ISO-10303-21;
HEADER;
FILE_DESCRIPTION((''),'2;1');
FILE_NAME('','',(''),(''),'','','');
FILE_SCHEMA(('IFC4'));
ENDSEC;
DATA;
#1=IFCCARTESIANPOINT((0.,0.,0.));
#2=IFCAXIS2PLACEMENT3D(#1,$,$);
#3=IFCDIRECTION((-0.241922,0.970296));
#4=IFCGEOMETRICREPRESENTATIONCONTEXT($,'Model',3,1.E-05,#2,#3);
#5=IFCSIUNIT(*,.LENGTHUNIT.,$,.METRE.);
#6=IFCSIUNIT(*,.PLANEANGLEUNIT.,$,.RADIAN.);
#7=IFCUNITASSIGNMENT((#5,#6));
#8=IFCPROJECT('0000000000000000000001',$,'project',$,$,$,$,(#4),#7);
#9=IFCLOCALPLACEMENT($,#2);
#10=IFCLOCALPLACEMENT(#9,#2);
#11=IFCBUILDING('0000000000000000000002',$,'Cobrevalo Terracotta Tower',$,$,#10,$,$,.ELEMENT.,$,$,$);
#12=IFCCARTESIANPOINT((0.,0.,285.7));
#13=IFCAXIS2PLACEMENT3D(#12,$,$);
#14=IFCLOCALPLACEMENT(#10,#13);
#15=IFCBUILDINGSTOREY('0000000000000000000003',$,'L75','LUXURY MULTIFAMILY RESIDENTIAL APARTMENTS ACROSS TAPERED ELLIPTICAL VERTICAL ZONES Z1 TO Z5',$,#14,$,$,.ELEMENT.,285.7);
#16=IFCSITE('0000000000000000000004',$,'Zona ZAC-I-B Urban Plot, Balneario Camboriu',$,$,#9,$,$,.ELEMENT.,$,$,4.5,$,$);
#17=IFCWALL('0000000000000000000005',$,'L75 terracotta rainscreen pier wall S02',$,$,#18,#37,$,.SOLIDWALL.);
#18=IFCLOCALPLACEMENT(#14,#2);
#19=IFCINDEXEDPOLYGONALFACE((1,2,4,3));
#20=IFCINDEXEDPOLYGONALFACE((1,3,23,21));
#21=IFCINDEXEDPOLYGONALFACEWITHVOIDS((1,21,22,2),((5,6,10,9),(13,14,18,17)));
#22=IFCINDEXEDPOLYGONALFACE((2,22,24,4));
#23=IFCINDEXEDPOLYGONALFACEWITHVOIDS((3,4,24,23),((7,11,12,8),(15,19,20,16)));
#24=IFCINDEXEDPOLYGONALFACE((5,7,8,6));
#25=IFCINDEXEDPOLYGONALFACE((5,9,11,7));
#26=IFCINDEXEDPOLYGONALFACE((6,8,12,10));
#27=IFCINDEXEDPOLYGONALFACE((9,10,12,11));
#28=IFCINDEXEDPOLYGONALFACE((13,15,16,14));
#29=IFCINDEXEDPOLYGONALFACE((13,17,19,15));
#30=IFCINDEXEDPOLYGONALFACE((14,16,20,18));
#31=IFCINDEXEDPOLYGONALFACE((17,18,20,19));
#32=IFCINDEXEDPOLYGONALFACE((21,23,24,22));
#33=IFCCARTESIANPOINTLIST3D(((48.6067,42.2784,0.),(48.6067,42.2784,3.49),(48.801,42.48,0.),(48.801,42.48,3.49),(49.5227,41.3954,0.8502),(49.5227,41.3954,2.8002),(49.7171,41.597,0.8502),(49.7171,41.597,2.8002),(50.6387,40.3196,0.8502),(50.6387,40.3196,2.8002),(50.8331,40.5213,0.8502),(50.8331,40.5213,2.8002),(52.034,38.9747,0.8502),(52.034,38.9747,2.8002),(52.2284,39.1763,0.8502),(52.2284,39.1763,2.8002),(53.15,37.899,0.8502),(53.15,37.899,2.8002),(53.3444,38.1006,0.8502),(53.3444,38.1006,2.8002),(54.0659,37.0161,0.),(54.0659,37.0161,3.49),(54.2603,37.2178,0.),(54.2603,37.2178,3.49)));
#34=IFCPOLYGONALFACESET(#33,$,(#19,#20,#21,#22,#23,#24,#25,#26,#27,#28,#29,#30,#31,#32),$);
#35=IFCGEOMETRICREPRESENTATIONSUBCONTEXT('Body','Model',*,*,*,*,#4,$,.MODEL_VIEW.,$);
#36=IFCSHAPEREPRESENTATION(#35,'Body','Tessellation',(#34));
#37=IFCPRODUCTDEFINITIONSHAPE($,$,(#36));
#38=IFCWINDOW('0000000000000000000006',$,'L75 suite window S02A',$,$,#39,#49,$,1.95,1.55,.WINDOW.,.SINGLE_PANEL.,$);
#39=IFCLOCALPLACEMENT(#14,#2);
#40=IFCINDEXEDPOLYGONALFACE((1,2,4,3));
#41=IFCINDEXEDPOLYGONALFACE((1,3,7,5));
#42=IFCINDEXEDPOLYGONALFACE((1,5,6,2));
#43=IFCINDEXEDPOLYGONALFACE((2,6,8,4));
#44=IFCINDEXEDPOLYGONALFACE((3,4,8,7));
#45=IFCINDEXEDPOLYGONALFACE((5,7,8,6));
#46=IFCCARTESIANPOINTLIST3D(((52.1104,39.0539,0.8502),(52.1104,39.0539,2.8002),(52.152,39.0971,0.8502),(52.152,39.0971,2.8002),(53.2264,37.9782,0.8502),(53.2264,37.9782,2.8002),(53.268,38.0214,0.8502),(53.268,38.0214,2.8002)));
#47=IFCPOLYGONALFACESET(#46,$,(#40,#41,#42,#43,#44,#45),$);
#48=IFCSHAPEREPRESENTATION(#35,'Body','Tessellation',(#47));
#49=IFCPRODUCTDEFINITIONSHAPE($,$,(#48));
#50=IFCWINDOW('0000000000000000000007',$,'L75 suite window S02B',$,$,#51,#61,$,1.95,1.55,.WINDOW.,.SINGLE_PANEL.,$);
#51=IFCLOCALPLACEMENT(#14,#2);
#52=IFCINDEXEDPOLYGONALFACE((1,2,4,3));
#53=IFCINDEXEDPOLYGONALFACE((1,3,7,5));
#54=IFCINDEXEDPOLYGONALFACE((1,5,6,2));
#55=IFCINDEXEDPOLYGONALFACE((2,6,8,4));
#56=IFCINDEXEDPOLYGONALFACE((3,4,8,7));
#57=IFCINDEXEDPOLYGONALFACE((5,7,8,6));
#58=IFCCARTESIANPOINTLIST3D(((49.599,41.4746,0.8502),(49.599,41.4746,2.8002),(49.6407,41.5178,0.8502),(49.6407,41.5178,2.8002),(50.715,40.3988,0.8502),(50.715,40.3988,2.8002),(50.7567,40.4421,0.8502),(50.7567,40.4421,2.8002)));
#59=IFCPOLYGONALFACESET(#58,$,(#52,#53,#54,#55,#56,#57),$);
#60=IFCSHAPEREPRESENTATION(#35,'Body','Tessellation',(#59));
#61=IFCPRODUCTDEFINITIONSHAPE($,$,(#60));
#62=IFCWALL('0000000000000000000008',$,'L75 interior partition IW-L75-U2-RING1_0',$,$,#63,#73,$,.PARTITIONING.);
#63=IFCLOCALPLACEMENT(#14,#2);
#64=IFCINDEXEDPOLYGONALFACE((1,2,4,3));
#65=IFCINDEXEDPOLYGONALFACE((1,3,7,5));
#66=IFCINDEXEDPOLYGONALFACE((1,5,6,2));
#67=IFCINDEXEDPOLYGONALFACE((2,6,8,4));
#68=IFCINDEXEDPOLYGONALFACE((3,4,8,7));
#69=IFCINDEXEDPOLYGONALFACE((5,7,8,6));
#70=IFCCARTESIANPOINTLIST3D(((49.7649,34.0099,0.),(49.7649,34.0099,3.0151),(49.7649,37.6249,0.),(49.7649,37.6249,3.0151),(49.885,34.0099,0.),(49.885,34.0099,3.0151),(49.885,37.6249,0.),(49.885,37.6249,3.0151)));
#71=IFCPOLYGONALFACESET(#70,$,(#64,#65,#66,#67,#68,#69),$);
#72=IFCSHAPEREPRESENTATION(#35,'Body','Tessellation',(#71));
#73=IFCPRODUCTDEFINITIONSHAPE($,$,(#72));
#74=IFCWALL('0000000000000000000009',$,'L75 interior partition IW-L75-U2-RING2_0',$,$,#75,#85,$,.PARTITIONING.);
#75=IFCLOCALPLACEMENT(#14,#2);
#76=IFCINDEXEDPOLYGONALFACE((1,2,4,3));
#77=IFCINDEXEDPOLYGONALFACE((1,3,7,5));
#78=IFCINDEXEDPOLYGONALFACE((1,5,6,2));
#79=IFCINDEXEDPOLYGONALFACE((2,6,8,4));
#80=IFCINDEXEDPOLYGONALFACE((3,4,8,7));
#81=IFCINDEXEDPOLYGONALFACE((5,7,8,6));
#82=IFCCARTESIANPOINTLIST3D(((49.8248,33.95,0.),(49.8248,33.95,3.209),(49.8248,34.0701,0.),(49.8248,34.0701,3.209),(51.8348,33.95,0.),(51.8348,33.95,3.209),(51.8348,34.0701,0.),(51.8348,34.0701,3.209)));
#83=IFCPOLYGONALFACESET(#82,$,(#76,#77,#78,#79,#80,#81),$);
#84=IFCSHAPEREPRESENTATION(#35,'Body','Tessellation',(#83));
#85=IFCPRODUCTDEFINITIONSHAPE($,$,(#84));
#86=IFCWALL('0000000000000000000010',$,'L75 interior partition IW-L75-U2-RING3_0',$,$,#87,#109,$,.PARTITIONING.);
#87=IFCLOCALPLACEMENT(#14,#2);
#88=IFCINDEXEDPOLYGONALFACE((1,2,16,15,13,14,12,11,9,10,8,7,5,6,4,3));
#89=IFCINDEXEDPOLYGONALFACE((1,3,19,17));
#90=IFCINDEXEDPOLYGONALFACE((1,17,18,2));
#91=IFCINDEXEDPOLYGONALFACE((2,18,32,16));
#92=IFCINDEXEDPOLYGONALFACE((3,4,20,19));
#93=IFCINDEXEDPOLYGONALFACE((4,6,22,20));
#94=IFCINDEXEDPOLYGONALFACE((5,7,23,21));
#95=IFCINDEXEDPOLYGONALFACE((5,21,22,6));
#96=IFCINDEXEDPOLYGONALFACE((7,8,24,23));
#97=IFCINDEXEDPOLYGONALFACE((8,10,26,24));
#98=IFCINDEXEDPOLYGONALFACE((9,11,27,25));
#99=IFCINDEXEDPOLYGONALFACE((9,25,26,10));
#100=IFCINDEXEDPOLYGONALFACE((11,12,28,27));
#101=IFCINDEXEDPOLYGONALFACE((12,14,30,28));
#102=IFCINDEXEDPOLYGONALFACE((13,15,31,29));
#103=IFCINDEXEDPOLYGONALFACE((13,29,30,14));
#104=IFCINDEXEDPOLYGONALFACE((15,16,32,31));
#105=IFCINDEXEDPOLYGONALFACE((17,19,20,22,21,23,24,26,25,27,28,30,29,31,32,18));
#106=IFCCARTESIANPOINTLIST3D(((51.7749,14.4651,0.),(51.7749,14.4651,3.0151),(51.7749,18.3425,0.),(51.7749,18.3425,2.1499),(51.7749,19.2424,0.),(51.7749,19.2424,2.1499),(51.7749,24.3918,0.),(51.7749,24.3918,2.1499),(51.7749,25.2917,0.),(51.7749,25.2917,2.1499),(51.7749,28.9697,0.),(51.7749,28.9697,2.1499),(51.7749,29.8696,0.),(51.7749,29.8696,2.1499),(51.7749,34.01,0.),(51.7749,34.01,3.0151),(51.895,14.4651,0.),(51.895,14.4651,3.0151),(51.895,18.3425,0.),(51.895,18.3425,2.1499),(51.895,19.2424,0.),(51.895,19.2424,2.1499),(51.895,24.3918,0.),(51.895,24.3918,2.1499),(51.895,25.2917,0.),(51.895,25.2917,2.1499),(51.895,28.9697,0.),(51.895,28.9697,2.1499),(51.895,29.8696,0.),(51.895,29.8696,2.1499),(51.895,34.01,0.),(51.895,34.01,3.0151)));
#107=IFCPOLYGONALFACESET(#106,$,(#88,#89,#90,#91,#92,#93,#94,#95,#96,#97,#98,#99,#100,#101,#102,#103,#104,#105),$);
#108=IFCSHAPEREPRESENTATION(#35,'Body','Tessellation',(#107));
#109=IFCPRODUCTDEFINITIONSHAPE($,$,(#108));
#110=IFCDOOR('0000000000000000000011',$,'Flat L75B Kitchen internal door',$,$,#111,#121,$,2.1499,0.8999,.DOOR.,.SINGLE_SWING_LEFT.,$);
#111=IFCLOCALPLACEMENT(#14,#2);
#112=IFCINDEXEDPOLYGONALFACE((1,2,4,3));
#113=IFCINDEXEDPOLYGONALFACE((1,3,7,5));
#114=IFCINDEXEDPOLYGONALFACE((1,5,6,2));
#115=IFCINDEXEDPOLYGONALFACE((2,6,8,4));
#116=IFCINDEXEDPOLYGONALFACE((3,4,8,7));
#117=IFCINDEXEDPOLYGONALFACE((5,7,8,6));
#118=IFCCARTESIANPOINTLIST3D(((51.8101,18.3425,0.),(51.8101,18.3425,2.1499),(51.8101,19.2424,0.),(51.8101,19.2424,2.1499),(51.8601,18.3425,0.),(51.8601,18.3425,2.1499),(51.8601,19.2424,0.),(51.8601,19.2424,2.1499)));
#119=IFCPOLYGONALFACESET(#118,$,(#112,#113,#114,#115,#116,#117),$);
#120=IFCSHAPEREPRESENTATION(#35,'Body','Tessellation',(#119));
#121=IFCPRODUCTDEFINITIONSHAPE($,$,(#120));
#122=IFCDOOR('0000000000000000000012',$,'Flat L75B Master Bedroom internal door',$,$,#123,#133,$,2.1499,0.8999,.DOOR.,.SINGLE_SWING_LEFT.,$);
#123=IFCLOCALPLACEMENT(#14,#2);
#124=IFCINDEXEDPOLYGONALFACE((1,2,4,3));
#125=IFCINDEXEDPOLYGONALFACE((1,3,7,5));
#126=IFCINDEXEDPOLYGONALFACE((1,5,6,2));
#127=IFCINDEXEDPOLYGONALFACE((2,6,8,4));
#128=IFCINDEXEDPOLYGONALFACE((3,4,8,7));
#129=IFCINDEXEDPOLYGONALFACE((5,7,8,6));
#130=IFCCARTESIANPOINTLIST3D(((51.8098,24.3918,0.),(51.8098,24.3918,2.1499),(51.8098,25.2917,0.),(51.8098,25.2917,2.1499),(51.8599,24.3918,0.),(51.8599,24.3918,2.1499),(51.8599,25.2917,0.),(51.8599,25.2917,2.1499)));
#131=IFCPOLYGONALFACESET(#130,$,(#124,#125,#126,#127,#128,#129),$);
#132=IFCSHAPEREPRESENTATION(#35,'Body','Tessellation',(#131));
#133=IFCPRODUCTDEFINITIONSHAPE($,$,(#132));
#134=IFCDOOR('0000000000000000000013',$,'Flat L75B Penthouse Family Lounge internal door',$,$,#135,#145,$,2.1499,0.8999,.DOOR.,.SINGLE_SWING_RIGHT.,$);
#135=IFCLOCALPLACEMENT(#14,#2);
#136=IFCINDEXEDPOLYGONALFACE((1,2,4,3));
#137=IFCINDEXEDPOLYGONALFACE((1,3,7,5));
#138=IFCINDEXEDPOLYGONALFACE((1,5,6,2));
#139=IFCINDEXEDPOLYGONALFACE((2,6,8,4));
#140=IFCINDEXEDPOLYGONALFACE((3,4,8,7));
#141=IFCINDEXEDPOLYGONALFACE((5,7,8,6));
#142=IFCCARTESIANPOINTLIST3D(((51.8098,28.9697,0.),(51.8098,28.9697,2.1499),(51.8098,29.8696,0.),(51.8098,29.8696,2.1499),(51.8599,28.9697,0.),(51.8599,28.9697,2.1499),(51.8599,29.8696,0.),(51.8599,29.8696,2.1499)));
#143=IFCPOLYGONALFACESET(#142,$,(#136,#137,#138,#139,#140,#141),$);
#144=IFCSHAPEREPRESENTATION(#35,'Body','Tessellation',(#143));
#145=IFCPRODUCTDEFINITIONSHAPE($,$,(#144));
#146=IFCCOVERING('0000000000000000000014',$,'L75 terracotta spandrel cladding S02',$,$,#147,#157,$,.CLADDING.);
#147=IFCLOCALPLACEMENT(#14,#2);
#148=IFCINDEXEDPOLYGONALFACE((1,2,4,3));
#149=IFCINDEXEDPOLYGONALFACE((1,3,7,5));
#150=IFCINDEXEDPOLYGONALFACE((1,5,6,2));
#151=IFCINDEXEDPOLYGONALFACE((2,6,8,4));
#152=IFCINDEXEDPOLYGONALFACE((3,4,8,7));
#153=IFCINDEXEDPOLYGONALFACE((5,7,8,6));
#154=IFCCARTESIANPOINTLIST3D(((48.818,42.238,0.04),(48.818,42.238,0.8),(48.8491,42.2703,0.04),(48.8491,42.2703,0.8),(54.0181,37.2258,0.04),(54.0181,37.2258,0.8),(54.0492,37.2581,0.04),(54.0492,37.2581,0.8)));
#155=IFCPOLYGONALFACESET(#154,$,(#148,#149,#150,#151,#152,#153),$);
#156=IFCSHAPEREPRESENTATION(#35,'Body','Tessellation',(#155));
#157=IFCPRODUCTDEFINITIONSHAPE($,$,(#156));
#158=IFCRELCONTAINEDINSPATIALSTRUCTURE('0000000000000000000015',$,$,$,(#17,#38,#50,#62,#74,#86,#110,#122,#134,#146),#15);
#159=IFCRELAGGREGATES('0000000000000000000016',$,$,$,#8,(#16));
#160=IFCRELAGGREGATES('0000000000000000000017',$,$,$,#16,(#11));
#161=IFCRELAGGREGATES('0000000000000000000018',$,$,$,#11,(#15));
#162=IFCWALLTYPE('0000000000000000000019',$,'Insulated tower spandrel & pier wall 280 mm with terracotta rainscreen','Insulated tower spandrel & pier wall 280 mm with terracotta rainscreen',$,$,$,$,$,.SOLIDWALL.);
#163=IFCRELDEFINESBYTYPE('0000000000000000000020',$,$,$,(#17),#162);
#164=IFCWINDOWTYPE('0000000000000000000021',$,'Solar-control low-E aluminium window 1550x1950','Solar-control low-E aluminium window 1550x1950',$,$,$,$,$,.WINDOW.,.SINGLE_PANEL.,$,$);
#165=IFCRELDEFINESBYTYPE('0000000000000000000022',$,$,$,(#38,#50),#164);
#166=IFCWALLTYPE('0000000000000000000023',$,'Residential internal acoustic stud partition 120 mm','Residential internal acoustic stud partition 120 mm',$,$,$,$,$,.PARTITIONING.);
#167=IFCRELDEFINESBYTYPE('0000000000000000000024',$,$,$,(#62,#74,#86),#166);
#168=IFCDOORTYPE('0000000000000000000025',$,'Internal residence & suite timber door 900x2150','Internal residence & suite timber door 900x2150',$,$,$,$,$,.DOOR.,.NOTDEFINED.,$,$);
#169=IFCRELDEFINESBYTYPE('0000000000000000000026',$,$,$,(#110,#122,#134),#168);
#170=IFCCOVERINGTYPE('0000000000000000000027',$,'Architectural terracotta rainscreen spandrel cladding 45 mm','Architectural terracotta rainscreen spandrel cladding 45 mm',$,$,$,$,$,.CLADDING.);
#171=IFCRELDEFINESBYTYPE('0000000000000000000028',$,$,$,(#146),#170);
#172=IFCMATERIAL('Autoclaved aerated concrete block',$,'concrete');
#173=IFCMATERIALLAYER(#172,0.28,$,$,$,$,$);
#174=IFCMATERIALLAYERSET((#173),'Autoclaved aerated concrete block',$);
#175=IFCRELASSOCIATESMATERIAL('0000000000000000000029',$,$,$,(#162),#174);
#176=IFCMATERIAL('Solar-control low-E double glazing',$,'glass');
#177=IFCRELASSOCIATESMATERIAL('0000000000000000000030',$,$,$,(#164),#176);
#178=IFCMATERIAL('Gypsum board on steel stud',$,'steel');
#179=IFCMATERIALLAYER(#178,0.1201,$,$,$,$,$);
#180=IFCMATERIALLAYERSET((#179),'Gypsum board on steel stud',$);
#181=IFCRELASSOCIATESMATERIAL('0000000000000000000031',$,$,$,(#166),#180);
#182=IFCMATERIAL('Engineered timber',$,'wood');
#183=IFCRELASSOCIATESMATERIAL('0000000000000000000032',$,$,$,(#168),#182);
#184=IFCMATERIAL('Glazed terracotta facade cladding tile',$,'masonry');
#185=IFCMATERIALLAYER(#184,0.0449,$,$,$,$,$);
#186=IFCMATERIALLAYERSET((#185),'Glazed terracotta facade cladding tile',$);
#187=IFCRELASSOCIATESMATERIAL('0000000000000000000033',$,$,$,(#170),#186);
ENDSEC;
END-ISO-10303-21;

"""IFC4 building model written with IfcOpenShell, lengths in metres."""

from ifc_helpers import new_model, si_unit, direction, frame, frame_2d, origin, origin_2d, place, context, subcontext, project, spatial, rectangle, extrude, source, transform, mapped, material, layer, layer_set, type_object, element, fill, save


model = new_model("IFC4")

# Units and contexts
model_context = context("Model", 3, precision=1e-05, world=origin(), true_north=direction((-0.241922, 0.970296)))
body_context = subcontext(model_context, "Body", "Model", "MODEL_VIEW")
ifc_project = project(units=[si_unit("LENGTHUNIT", "METRE"), si_unit("PLANEANGLEUNIT", "RADIAN")], contexts=[model_context])

# Site, building, storey
site_placement = place(None, origin())
site = spatial("IfcSite", under=ifc_project, at=site_placement, Name="Zona ZAC-I-B Urban Plot, Balneario Camboriu", CompositionType="ELEMENT", RefElevation=4.5)
building_placement = place(site_placement, origin())
building = spatial("IfcBuilding", under=site, at=building_placement, Name="Cobrevalo Terracotta Tower", CompositionType="ELEMENT")
storey_placement = place(building_placement, frame((0.0, 0.0, 285.7)))
storey = spatial("IfcBuildingStorey", under=building, at=storey_placement, Name="L75", Description="LUXURY MULTIFAMILY RESIDENTIAL APARTMENTS ACROSS TAPERED ELLIPTICAL VERTICAL ZONES Z1 TO Z5", CompositionType="ELEMENT", Elevation=285.7)

# Shared definitions
ifc_material_1 = material(Name="Solar-control low-E double glazing", Category="glass")

# Wall, openings, windows
ifc_material_2 = material(Name="Autoclaved aerated concrete block", Category="concrete")
ifc_layer_1 = layer(ifc_material_2, 0.28)
ifc_layer_set_1 = layer_set([ifc_layer_1], Name="Autoclaved aerated concrete block")
wall_type_1 = type_object("IfcWallType", Name="Insulated tower spandrel & pier wall 280 mm with terracotta rainscreen", Description="Insulated tower spandrel & pier wall 280 mm with terracotta rainscreen", PredefinedType="SOLIDWALL", material=ifc_layer_set_1)
wall_1_placement = place(storey_placement, frame((54.1631, 37.1169, 0.0), z_axis=(0.0, 0.0, 1.0), x_axis=(-0.719979, 0.693996, 0.0)))
wall_1 = element("IfcWall", 1, at=wall_1_placement, inside=storey, type_object=wall_type_1, Name="L75 terracotta rainscreen pier wall S02", PredefinedType="SOLIDWALL", context=body_context, shape_type="SweptSolid", body=[
    extrude(rectangle(XDim=7.5825, YDim=0.28, at=frame_2d((3.7913, 0.0))), origin(), (0.0, 0.0, 1.0), 3.49),
])
opening_1_placement = place(wall_1_placement, frame((1.2722, 0.0, 0.8501)))
opening_1 = element("IfcOpeningElement", 2, at=opening_1_placement, cuts=wall_1, PredefinedType="OPENING", context=body_context, shape_type="SweptSolid", body=[
    extrude(rectangle(XDim=1.55, YDim=1.95, at=frame_2d((0.7749, 0.9751))), frame((0.0, 0.1499, 0.0), z_axis=(0.0, -1.0, 0.0), x_axis=(1.0, 0.0, 0.0)), (0.0, 0.0, 1.0), 0.3),
])
opening_2_placement = place(wall_1_placement, frame((4.7603, 0.0, 0.8501)))
opening_2 = element("IfcOpeningElement", 3, at=opening_2_placement, cuts=wall_1, PredefinedType="OPENING", context=body_context, shape_type="SweptSolid", body=[
    extrude(rectangle(XDim=1.55, YDim=1.95, at=frame_2d((0.7749, 0.9751))), frame((0.0, 0.1499, 0.0), z_axis=(0.0, -1.0, 0.0), x_axis=(1.0, 0.0, 0.0)), (0.0, 0.0, 1.0), 0.3),
])
window_type = type_object("IfcWindowType", Name="Solar-control low-E aluminium window 1550x1950", Description="Solar-control low-E aluminium window 1550x1950", PartitioningType="SINGLE_PANEL", PredefinedType="WINDOW", material=ifc_material_1)
shared_shape_1 = source(origin(), body_context, "Body", "SweptSolid", [
    extrude(rectangle(XDim=1.55, YDim=1.95, at=frame_2d((0.7749, 0.9751))), frame((0.0, 0.03, 0.0), z_axis=(0.0, -1.0, 0.0), x_axis=(1.0, 0.0, 0.0)), (0.0, 0.0, 1.0), 0.0601),
])
window_1_placement = place(opening_1_placement, origin())
window_1 = element("IfcWindow", 4, at=window_1_placement, inside=storey, type_object=window_type, Name="L75 suite window S02A", OverallHeight=1.95, OverallWidth=1.55, PartitioningType="SINGLE_PANEL", PredefinedType="WINDOW", context=body_context, shape_type="MappedRepresentation", body=[
    mapped(shared_shape_1, transform((0.0, 0.0, 0.0), scale=1.0)),
])
fill(opening_1, window_1)
window_2_placement = place(opening_2_placement, origin())
window_2 = element("IfcWindow", 5, at=window_2_placement, inside=storey, type_object=window_type, Name="L75 suite window S02B", OverallHeight=1.95, OverallWidth=1.55, PartitioningType="SINGLE_PANEL", PredefinedType="WINDOW", context=body_context, shape_type="MappedRepresentation", body=[
    mapped(shared_shape_1, transform((0.0, 0.0, 0.0), scale=1.0)),
])
fill(opening_2, window_2)

# Walls
ifc_material_3 = material(Name="Gypsum board on steel stud", Category="steel")
ifc_layer_2 = layer(ifc_material_3, 0.1201)
ifc_layer_set_2 = layer_set([ifc_layer_2], Name="Gypsum board on steel stud")
wall_type_2 = type_object("IfcWallType", Name="Residential internal acoustic stud partition 120 mm", Description="Residential internal acoustic stud partition 120 mm", PredefinedType="PARTITIONING", material=ifc_layer_set_2)
wall_2_placement = place(storey_placement, frame((49.825, 37.625, 0.0), z_axis=(0.0, 0.0, 1.0), x_axis=(0.0, -1.0, 0.0)))
element("IfcWall", 6, at=wall_2_placement, inside=storey, type_object=wall_type_2, Name="L75 interior partition IW-L75-U2-RING1_0", PredefinedType="PARTITIONING", context=body_context, shape_type="SweptSolid", body=[
    extrude(rectangle(XDim=3.615, YDim=0.1201, at=frame_2d((1.8076, 0.0))), origin(), (0.0, 0.0, 1.0), 3.0151),
])
wall_3_placement = place(storey_placement, frame((49.825, 34.01, 0.0), z_axis=(0.0, 0.0, 1.0), x_axis=(1.0, 0.0, 0.0)))
element("IfcWall", 7, at=wall_3_placement, inside=storey, type_object=wall_type_2, Name="L75 interior partition IW-L75-U2-RING2_0", PredefinedType="PARTITIONING", context=body_context, shape_type="SweptSolid", body=[
    extrude(rectangle(XDim=2.01, YDim=0.1201, at=frame_2d((1.0049, 0.0))), origin(), (0.0, 0.0, 1.0), 3.209),
])

# Wall, openings, doors
wall_4_placement = place(storey_placement, frame((51.835, 34.01, 0.0), z_axis=(0.0, 0.0, 1.0), x_axis=(0.0, -1.0, 0.0)))
wall_4 = element("IfcWall", 8, at=wall_4_placement, inside=storey, type_object=wall_type_2, Name="L75 interior partition IW-L75-U2-RING3_0", PredefinedType="PARTITIONING", context=body_context, shape_type="SweptSolid", body=[
    extrude(rectangle(XDim=19.5449, YDim=0.1201, at=frame_2d((9.7725, 0.0))), origin(), (0.0, 0.0, 1.0), 3.0151),
])
opening_3_placement = place(wall_4_placement, frame((14.7676, 0.0, 0.0)))
opening_3 = element("IfcOpeningElement", 9, at=opening_3_placement, cuts=wall_4, PredefinedType="OPENING", context=body_context, shape_type="SweptSolid", body=[
    extrude(rectangle(XDim=0.8999, YDim=2.1499, at=frame_2d((0.45, 1.075))), frame((0.0, 0.0701, 0.0), z_axis=(0.0, -1.0, 0.0), x_axis=(1.0, 0.0, 0.0)), (0.0, 0.0, 1.0), 0.1401),
])
opening_4_placement = place(wall_4_placement, frame((8.7183, 0.0, 0.0)))
opening_4 = element("IfcOpeningElement", 10, at=opening_4_placement, cuts=wall_4, PredefinedType="OPENING", context=body_context, shape_type="SweptSolid", body=[
    extrude(rectangle(XDim=0.8999, YDim=2.1499, at=frame_2d((0.45, 1.075))), frame((0.0, 0.0701, 0.0), z_axis=(0.0, -1.0, 0.0), x_axis=(1.0, 0.0, 0.0)), (0.0, 0.0, 1.0), 0.1401),
])
opening_5_placement = place(wall_4_placement, frame((4.1404, 0.0, 0.0)))
opening_5 = element("IfcOpeningElement", 11, at=opening_5_placement, cuts=wall_4, PredefinedType="OPENING", context=body_context, shape_type="SweptSolid", body=[
    extrude(rectangle(XDim=0.8999, YDim=2.1499, at=frame_2d((0.45, 1.075))), frame((0.0, 0.0701, 0.0), z_axis=(0.0, -1.0, 0.0), x_axis=(1.0, 0.0, 0.0)), (0.0, 0.0, 1.0), 0.1401),
])
ifc_material_4 = material(Name="Engineered timber", Category="wood")
door_type = type_object("IfcDoorType", Name="Internal residence & suite timber door 900x2150", Description="Internal residence & suite timber door 900x2150", OperationType="NOTDEFINED", PredefinedType="DOOR", material=ifc_material_4)
shared_shape_2 = source(origin(), body_context, "Body", "SweptSolid", [
    extrude(rectangle(XDim=0.8999, YDim=2.1499, at=frame_2d((0.45, 1.075))), frame((0.0, 0.0249, 0.0), z_axis=(0.0, -1.0, 0.0), x_axis=(1.0, 0.0, 0.0)), (0.0, 0.0, 1.0), 0.05),
])
door_1_placement = place(opening_3_placement, frame((0.8999, 0.0, 0.0), z_axis=(0.0, 0.0, 1.0), x_axis=(-1.0, 0.0, 0.0)))
door_1 = element("IfcDoor", 12, at=door_1_placement, inside=storey, type_object=door_type, Name="Flat L75B Kitchen internal door", OperationType="SINGLE_SWING_LEFT", OverallHeight=2.1499, OverallWidth=0.8999, PredefinedType="DOOR", context=body_context, shape_type="MappedRepresentation", body=[
    mapped(shared_shape_2, transform((0.0, 0.0, 0.0), scale=1.0)),
])
fill(opening_3, door_1)
door_2_placement = place(opening_4_placement, origin())
door_2 = element("IfcDoor", 13, at=door_2_placement, inside=storey, type_object=door_type, Name="Flat L75B Master Bedroom internal door", OperationType="SINGLE_SWING_LEFT", OverallHeight=2.1499, OverallWidth=0.8999, PredefinedType="DOOR", context=body_context, shape_type="MappedRepresentation", body=[
    mapped(shared_shape_2, transform((0.0, 0.0, 0.0), scale=1.0)),
])
fill(opening_4, door_2)
door_3_placement = place(opening_5_placement, origin())
door_3 = element("IfcDoor", 14, at=door_3_placement, inside=storey, type_object=door_type, Name="Flat L75B Penthouse Family Lounge internal door", OperationType="SINGLE_SWING_RIGHT", OverallHeight=2.1499, OverallWidth=0.8999, PredefinedType="DOOR", context=body_context, shape_type="MappedRepresentation", body=[
    mapped(shared_shape_2, transform((0.0, 0.0, 0.0), scale=1.0)),
])
fill(opening_5, door_3)

# Covering
ifc_material_5 = material(Name="Glazed terracotta facade cladding tile", Category="masonry")
ifc_layer_3 = layer(ifc_material_5, 0.0449)
ifc_layer_set_3 = layer_set([ifc_layer_3], Name="Glazed terracotta facade cladding tile")
covering_type = type_object("IfcCoveringType", Name="Architectural terracotta rainscreen spandrel cladding 45 mm", Description="Architectural terracotta rainscreen spandrel cladding 45 mm", PredefinedType="CLADDING", material=ifc_layer_set_3)
shared_shape_3 = source(origin(), body_context, "Body", "SweptSolid", [
    extrude(rectangle(XDim=7.2224, YDim=0.0449, at=origin_2d()), origin(), (0.0, 0.0, 1.0), 0.76),
])
covering_placement = place(storey_placement, frame((51.4336, 39.748, 0.04), z_axis=(0.0, 0.0, 1.0), x_axis=(-0.719997, 0.693978, 0.0)))
element("IfcCovering", 15, at=covering_placement, inside=storey, type_object=covering_type, Name="L75 terracotta spandrel cladding S02", PredefinedType="CLADDING", context=body_context, shape_type="MappedRepresentation", body=[
    mapped(shared_shape_3, transform((0.0, 0.0, 0.0), scale=1.0)),
])

save(model, "model.ifc")
